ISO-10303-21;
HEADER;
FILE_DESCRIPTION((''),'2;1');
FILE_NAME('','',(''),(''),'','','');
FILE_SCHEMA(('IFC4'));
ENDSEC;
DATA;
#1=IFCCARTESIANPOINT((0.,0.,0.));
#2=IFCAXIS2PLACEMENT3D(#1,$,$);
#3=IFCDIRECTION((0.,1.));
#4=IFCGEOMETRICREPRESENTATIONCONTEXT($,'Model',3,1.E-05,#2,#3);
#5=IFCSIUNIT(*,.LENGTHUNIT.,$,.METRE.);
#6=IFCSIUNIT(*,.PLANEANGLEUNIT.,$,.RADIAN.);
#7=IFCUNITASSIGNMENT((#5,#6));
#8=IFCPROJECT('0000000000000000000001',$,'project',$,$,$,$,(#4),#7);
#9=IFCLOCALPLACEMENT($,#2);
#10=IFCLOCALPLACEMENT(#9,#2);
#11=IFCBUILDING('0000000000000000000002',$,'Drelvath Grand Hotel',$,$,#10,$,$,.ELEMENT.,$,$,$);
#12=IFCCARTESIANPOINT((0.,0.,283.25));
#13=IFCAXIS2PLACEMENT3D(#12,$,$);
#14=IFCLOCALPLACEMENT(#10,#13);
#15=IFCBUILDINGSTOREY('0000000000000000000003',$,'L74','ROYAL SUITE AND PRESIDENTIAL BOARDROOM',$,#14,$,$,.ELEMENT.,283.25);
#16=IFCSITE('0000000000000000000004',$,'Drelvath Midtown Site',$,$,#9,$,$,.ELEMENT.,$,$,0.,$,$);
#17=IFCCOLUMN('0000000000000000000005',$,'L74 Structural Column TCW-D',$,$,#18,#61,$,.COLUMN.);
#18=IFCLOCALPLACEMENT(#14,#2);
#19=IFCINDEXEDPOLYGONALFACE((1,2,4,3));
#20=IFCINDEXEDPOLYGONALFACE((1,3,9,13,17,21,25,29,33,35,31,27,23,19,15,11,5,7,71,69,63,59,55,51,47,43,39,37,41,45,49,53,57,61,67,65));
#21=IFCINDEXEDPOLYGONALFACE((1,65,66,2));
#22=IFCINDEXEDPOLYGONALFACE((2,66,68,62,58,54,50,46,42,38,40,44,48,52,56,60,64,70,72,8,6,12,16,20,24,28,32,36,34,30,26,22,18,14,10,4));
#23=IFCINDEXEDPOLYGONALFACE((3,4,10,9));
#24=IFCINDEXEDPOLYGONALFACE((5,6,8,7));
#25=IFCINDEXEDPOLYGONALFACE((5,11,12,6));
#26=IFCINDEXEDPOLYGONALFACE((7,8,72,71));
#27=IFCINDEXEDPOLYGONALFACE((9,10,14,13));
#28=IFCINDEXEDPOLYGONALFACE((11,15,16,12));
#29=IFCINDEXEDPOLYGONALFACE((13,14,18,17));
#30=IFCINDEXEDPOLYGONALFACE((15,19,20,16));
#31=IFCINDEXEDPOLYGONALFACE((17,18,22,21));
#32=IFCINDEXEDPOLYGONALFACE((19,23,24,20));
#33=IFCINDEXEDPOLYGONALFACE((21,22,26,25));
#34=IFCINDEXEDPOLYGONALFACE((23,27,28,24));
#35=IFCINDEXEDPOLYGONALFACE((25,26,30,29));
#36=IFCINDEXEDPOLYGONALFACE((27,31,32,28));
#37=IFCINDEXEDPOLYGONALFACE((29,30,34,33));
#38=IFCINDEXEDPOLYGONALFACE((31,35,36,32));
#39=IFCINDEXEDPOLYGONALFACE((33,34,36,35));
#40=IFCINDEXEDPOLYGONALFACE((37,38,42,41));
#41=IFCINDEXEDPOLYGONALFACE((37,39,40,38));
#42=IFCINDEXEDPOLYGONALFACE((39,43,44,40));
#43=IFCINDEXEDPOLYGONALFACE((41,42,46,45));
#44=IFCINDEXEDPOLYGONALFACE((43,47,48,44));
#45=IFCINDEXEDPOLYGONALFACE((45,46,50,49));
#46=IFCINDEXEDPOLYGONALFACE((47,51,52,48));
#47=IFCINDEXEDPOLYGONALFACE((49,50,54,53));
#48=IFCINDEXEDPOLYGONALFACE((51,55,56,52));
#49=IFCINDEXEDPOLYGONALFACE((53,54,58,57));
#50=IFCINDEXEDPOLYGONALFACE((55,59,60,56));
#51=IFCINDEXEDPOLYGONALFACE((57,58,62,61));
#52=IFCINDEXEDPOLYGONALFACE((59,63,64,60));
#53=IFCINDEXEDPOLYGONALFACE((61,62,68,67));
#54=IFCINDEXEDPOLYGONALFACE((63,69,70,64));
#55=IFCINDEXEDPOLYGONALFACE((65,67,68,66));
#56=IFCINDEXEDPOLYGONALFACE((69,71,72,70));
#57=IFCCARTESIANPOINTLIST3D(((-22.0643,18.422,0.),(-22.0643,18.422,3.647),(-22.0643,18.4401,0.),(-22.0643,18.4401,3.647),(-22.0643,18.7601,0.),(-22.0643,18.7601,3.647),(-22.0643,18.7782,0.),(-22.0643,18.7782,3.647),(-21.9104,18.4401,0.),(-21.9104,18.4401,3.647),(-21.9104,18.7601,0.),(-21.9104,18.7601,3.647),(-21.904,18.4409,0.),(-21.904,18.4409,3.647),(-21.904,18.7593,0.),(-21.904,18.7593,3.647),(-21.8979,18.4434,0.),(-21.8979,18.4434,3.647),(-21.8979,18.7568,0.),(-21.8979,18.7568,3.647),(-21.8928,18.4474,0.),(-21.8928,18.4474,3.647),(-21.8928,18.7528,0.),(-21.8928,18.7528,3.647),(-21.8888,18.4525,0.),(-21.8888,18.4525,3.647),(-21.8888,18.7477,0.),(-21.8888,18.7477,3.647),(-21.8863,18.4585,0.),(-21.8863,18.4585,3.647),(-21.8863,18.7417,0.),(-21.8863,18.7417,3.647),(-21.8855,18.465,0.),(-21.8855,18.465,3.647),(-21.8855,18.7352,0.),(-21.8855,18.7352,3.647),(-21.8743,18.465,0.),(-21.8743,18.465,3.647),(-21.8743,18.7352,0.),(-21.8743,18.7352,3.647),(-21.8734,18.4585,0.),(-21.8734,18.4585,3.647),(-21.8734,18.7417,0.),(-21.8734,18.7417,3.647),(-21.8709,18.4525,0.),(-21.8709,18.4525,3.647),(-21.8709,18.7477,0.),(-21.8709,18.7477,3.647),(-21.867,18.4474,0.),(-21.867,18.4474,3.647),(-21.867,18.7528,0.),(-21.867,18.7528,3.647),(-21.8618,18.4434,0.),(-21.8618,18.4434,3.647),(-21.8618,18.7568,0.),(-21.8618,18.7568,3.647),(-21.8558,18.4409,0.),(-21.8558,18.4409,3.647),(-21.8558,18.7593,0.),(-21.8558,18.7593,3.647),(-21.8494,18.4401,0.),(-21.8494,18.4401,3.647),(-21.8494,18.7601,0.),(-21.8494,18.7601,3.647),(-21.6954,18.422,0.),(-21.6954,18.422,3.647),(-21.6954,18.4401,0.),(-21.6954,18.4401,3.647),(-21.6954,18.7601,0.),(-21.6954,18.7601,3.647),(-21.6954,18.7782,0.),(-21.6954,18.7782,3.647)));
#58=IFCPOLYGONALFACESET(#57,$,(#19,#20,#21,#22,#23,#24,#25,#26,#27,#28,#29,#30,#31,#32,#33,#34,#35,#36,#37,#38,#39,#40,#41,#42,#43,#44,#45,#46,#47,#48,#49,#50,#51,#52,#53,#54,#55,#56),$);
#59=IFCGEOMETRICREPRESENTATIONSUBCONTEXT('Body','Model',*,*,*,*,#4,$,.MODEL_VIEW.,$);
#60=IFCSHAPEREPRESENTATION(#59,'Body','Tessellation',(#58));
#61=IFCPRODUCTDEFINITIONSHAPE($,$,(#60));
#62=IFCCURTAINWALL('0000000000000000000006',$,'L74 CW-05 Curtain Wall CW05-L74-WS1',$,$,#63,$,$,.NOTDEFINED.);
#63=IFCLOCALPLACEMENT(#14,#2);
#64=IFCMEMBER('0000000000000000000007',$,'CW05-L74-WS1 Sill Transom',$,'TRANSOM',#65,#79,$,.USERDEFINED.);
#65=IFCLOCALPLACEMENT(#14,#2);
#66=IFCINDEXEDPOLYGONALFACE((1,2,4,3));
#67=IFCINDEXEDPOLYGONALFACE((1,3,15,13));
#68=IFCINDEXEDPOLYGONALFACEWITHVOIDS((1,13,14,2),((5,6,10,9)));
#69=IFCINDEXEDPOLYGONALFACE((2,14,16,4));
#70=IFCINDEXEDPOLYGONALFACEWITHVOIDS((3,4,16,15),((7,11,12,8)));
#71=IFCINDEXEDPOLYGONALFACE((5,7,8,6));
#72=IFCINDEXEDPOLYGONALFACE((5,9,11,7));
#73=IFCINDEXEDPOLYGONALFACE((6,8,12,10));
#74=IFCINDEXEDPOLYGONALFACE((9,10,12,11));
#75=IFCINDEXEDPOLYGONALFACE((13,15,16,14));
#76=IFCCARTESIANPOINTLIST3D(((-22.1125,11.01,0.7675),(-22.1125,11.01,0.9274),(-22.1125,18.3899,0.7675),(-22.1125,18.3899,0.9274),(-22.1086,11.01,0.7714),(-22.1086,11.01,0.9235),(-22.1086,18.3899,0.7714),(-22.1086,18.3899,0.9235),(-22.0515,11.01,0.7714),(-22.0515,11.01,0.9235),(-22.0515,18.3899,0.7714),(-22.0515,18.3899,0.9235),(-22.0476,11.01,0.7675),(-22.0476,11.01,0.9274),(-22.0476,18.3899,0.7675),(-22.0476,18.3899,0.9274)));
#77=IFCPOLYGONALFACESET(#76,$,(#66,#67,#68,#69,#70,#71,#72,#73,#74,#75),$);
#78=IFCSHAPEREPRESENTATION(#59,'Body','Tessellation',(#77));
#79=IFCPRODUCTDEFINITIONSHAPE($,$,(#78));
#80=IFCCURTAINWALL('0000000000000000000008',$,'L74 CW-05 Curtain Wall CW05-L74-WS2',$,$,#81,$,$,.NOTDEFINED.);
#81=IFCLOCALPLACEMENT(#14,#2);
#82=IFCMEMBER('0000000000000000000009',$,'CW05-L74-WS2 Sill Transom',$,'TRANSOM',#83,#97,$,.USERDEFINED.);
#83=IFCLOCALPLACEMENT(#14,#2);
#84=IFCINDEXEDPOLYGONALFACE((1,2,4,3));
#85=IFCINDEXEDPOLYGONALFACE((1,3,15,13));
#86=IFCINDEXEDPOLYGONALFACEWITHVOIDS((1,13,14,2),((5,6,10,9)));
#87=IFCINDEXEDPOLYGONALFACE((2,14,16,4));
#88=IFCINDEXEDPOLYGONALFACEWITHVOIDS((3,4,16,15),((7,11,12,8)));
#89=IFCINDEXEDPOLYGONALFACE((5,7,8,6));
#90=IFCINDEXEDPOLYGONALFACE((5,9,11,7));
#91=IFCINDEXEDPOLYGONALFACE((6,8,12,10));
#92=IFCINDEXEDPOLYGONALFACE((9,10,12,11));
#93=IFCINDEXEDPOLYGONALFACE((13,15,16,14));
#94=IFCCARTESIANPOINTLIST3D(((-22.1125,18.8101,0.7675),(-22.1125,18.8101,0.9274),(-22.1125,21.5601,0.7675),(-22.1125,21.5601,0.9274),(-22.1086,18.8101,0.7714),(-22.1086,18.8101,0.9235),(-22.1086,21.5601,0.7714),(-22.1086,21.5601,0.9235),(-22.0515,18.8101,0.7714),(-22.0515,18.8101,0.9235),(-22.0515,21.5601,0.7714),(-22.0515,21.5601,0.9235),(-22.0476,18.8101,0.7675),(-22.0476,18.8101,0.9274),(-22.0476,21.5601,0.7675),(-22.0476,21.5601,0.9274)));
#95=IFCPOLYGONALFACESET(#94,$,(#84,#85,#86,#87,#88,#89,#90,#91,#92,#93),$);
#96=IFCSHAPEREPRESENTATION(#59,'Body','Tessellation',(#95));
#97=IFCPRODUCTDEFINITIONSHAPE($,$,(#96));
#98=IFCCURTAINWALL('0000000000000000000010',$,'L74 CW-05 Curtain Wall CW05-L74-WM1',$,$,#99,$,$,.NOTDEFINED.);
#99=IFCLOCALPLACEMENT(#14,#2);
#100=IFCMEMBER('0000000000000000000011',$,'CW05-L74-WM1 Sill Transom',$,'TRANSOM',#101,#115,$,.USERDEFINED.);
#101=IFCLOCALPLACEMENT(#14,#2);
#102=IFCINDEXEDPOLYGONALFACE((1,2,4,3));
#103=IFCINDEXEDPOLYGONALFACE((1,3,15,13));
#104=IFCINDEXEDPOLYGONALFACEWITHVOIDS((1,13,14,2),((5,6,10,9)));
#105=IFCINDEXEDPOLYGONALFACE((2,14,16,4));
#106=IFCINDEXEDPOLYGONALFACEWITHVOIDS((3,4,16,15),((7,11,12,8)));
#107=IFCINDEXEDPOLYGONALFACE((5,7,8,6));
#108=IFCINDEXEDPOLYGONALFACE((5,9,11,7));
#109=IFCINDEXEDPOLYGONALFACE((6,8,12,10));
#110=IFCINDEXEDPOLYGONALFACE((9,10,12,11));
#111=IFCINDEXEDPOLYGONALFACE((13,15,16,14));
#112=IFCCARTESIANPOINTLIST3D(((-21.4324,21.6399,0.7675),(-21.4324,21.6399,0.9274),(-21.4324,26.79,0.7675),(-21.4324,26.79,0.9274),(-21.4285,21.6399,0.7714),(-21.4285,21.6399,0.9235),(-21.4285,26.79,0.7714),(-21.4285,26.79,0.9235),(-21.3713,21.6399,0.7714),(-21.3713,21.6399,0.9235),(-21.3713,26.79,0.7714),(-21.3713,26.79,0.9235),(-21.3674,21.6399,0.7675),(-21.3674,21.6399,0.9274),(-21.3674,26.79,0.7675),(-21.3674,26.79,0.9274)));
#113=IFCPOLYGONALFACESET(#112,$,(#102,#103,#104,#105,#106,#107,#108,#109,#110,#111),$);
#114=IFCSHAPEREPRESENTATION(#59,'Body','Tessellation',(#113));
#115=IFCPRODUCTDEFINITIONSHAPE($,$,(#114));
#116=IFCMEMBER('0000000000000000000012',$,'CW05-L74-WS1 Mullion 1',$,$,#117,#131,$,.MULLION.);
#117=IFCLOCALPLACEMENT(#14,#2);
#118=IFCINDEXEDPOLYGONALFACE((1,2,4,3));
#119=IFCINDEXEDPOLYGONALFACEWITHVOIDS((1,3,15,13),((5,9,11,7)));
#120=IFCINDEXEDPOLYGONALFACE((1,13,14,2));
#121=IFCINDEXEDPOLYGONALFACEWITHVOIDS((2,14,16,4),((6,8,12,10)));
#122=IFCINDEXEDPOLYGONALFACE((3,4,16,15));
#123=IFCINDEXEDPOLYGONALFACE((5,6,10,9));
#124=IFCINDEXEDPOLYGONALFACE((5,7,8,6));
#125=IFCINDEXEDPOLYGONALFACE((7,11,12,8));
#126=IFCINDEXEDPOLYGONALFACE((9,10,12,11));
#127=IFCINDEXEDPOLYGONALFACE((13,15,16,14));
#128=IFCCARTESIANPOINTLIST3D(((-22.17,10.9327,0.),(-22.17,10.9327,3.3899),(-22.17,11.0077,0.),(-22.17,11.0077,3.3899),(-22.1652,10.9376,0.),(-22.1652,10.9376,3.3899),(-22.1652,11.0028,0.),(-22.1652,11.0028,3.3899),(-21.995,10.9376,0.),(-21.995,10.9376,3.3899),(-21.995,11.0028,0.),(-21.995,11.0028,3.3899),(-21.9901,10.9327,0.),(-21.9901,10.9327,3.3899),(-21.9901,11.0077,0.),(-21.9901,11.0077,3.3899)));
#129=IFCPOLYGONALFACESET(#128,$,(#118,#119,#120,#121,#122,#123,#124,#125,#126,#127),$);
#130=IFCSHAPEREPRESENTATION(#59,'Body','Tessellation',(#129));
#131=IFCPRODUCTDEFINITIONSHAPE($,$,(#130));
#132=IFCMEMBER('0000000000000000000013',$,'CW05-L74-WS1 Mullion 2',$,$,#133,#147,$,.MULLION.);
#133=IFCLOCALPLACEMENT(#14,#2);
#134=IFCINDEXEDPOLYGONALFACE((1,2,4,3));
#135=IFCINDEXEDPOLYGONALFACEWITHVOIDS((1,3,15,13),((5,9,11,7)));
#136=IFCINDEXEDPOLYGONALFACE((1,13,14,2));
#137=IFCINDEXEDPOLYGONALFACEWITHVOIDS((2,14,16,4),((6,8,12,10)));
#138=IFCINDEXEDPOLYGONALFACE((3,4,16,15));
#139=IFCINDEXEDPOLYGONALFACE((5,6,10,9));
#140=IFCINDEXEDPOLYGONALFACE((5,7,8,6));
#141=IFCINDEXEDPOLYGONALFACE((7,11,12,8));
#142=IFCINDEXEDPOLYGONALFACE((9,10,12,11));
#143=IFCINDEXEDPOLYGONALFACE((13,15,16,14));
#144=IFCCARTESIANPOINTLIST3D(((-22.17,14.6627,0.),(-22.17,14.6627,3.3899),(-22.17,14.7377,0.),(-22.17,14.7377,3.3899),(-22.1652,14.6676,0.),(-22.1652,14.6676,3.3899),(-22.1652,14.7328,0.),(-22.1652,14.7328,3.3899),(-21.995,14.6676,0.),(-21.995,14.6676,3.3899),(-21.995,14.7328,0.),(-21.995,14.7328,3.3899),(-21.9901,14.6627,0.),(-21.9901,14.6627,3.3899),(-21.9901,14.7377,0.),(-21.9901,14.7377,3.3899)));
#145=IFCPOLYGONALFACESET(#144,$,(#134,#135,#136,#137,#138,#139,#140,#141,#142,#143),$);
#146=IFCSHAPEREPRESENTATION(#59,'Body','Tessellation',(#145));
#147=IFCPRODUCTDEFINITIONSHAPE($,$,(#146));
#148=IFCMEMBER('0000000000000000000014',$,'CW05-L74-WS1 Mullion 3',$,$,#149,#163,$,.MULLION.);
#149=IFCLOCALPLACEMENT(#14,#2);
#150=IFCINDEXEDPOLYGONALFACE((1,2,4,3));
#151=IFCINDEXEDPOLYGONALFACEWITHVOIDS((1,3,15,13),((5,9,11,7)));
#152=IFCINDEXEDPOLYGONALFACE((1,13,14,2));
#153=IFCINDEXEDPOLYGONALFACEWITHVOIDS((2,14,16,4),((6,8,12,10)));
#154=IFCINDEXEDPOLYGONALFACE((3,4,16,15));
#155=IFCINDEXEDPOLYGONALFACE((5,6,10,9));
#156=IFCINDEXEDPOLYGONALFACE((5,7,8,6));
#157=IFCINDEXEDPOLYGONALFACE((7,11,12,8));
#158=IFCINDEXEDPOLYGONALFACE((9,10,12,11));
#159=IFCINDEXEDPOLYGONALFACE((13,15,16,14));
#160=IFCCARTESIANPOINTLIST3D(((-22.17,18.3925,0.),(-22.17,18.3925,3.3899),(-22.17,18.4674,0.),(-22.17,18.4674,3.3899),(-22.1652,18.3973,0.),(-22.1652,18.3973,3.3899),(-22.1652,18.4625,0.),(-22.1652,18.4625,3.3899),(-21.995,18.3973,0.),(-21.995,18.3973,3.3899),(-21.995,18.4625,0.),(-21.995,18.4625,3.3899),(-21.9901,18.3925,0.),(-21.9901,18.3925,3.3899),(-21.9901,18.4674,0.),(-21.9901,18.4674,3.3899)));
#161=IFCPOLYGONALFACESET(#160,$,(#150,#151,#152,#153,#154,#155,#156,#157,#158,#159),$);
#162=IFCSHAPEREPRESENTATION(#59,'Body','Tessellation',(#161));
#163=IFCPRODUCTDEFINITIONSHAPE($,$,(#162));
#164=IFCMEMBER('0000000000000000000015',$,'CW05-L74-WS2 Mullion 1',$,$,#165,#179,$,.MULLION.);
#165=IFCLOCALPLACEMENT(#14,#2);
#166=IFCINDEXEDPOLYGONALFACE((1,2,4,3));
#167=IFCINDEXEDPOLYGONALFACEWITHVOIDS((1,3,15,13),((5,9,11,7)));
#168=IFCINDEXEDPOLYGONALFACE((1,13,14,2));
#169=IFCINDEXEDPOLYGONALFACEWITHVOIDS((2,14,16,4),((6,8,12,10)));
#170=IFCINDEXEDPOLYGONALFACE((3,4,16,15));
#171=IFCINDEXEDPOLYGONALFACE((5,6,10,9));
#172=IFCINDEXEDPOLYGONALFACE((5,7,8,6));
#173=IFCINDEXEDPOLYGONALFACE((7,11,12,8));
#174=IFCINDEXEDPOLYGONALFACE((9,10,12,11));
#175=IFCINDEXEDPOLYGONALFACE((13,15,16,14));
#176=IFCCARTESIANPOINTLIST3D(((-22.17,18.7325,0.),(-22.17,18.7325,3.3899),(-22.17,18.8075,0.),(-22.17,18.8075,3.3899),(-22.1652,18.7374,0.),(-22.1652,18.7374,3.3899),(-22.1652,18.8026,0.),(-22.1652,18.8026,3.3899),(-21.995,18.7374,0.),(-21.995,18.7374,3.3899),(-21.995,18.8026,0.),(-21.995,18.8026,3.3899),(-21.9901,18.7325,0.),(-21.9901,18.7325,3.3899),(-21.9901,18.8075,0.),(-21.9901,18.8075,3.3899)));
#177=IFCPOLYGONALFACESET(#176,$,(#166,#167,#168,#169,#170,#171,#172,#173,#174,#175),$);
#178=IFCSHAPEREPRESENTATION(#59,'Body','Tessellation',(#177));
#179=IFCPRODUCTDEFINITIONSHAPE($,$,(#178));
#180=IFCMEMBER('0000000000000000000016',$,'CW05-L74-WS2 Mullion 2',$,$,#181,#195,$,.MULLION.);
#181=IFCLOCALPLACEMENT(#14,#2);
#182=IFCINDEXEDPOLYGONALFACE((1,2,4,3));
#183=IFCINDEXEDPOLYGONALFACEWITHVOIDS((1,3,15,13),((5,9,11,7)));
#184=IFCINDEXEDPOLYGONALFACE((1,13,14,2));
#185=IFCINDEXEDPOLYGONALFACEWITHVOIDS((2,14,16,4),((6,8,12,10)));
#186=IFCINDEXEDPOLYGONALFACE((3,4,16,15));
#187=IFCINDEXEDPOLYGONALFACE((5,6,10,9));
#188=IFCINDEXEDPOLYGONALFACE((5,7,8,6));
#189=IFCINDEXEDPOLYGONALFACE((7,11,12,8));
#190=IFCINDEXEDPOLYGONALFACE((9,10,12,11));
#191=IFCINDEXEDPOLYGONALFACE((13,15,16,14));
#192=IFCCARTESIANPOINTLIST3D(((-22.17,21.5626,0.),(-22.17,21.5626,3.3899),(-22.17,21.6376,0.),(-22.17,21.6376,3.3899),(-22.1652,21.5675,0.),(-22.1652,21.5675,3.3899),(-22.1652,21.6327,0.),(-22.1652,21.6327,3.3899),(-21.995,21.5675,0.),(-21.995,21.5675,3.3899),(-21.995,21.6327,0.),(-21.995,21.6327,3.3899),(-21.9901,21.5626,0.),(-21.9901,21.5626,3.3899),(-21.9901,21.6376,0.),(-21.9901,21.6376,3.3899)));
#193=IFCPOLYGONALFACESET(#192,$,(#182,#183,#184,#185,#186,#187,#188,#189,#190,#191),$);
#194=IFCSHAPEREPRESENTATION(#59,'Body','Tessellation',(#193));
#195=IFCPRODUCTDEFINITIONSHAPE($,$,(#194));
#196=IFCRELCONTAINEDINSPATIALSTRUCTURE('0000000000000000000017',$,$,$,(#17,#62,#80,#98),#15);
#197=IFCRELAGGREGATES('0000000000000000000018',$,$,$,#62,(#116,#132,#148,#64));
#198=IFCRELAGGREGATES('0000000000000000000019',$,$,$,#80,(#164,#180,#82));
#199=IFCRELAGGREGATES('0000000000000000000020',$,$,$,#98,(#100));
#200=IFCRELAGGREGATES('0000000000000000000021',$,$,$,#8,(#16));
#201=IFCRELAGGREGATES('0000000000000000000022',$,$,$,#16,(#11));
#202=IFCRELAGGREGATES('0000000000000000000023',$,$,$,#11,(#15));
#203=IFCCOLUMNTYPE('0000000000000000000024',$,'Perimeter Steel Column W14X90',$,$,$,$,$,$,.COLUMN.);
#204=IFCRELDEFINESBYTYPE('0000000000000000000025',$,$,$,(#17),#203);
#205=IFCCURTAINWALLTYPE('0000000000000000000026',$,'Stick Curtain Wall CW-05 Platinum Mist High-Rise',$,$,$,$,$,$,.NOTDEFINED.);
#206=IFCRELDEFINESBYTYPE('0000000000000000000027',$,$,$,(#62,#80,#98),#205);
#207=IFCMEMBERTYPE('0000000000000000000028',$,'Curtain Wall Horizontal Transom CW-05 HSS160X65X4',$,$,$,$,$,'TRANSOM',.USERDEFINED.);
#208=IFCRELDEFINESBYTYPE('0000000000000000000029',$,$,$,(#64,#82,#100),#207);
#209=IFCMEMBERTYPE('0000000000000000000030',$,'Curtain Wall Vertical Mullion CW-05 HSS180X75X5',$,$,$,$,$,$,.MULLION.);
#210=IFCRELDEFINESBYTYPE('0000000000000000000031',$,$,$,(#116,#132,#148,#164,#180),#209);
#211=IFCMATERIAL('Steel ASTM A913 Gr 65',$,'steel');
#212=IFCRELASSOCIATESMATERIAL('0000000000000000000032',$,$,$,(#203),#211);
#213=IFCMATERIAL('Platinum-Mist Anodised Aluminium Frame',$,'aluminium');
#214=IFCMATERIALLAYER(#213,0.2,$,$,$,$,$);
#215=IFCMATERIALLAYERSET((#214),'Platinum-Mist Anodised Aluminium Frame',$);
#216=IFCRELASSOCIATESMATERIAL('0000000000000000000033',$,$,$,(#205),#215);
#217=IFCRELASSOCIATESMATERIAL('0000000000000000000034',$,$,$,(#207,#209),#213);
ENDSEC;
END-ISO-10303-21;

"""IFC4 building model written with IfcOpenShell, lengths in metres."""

from ifc_helpers import new_model, si_unit, direction, frame, origin, origin_2d, place, context, subcontext, project, spatial, hollow_rectangle, i_section, extrude, material, layer, layer_set, material_profile, profile_set, type_object, element, aggregate, save


model = new_model("IFC4")

# Units and contexts
model_context = context("Model", 3, precision=1e-05, world=origin(), true_north=direction((0.0, 1.0)))
body_context = subcontext(model_context, "Body", "Model", "MODEL_VIEW")
ifc_project = project(units=[si_unit("LENGTHUNIT", "METRE"), si_unit("PLANEANGLEUNIT", "RADIAN")], contexts=[model_context])

# Site, building, storey
site_placement = place(None, origin())
site = spatial("IfcSite", under=ifc_project, at=site_placement, Name="Drelvath Midtown Site", CompositionType="ELEMENT", RefElevation=0.0)
building_placement = place(site_placement, origin())
building = spatial("IfcBuilding", under=site, at=building_placement, Name="Drelvath Grand Hotel", CompositionType="ELEMENT")
storey_placement = place(building_placement, frame((0.0, 0.0, 283.25)))
storey = spatial("IfcBuildingStorey", under=building, at=storey_placement, Name="L74", Description="ROYAL SUITE AND PRESIDENTIAL BOARDROOM", CompositionType="ELEMENT", Elevation=283.25)

# Column
ifc_material_1 = material(Name="Steel ASTM A913 Gr 65", Category="steel")
ifc_material_profile_1 = material_profile(ifc_material_1, i_section(OverallWidth=0.3689, OverallDepth=0.3562, WebThickness=0.0112, FlangeThickness=0.0181, FilletRadius=0.0249, at=origin_2d()), Name="W14X90")
ifc_profile_set_1 = profile_set([ifc_material_profile_1], Name="Steel ASTM A913 Gr 65")
column_type = type_object("IfcColumnType", Name="Perimeter Steel Column W14X90", PredefinedType="COLUMN", material=ifc_profile_set_1)
column_placement = place(storey_placement, frame((-21.8799, 18.6001, 0.0), z_axis=(0.0, 0.0, 1.0), x_axis=(1.0, 0.0, 0.0)))
element("IfcColumn", 1, at=column_placement, inside=storey, type_object=column_type, Name="L74 Structural Column TCW-D", PredefinedType="COLUMN", context=body_context, shape_type="SweptSolid", body=[
    extrude(i_section(OverallWidth=0.3689, OverallDepth=0.3562, WebThickness=0.0112, FlangeThickness=0.0181, FilletRadius=0.0249, at=origin_2d()), origin(), (0.0, 0.0, 1.0), 3.647),
])

# Curtain walls, members
ifc_material_2 = material(Name="Platinum-Mist Anodised Aluminium Frame", Category="aluminium")
ifc_layer_1 = layer(ifc_material_2, 0.2)
ifc_layer_set_1 = layer_set([ifc_layer_1], Name="Platinum-Mist Anodised Aluminium Frame")
curtain_wall_type = type_object("IfcCurtainWallType", Name="Stick Curtain Wall CW-05 Platinum Mist High-Rise", PredefinedType="NOTDEFINED", material=ifc_layer_set_1)
curtain_wall_1_placement = place(storey_placement, origin())
curtain_wall_1 = element("IfcCurtainWall", 2, at=curtain_wall_1_placement, inside=storey, type_object=curtain_wall_type, Name="L74 CW-05 Curtain Wall CW05-L74-WS1", PredefinedType="NOTDEFINED")
ifc_material_profile_2 = material_profile(ifc_material_2, hollow_rectangle(XDim=0.0649, YDim=0.1599, WallThickness=0.0039, at=origin_2d()), Name="HSS160X65X4")
ifc_profile_set_2 = profile_set([ifc_material_profile_2], Name="Platinum-Mist Anodised Aluminium Frame")
member_type_1 = type_object("IfcMemberType", Name="Curtain Wall Horizontal Transom CW-05 HSS160X65X4", ElementType="TRANSOM", PredefinedType="USERDEFINED", material=ifc_profile_set_2)
member_1_placement = place(storey_placement, frame((-22.0801, 11.01, 0.8474), z_axis=(0.0, 1.0, 0.0), x_axis=(-1.0, 0.0, 0.0)))
member_1 = element("IfcMember", 3, at=member_1_placement, type_object=member_type_1, Name="CW05-L74-WS1 Sill Transom", ObjectType="TRANSOM", PredefinedType="USERDEFINED", context=body_context, shape_type="SweptSolid", body=[
    extrude(hollow_rectangle(XDim=0.0649, YDim=0.1599, WallThickness=0.0039, at=origin_2d()), origin(), (0.0, 0.0, 1.0), 7.3799),
])
curtain_wall_2_placement = place(storey_placement, origin())
curtain_wall_2 = element("IfcCurtainWall", 4, at=curtain_wall_2_placement, inside=storey, type_object=curtain_wall_type, Name="L74 CW-05 Curtain Wall CW05-L74-WS2", PredefinedType="NOTDEFINED")
member_2_placement = place(storey_placement, frame((-22.0801, 18.8101, 0.8474), z_axis=(0.0, 1.0, 0.0), x_axis=(-1.0, 0.0, 0.0)))
member_2 = element("IfcMember", 5, at=member_2_placement, type_object=member_type_1, Name="CW05-L74-WS2 Sill Transom", ObjectType="TRANSOM", PredefinedType="USERDEFINED", context=body_context, shape_type="SweptSolid", body=[
    extrude(hollow_rectangle(XDim=0.0649, YDim=0.1599, WallThickness=0.0039, at=origin_2d()), origin(), (0.0, 0.0, 1.0), 2.75),
])
curtain_wall_3_placement = place(storey_placement, origin())
curtain_wall_3 = element("IfcCurtainWall", 6, at=curtain_wall_3_placement, inside=storey, type_object=curtain_wall_type, Name="L74 CW-05 Curtain Wall CW05-L74-WM1", PredefinedType="NOTDEFINED")
member_3_placement = place(storey_placement, frame((-21.3999, 21.6399, 0.8474), z_axis=(0.0, 1.0, 0.0), x_axis=(-1.0, 0.0, 0.0)))
member_3 = element("IfcMember", 7, at=member_3_placement, type_object=member_type_1, Name="CW05-L74-WM1 Sill Transom", ObjectType="TRANSOM", PredefinedType="USERDEFINED", context=body_context, shape_type="SweptSolid", body=[
    extrude(hollow_rectangle(XDim=0.0649, YDim=0.1599, WallThickness=0.0039, at=origin_2d()), origin(), (0.0, 0.0, 1.0), 5.1501),
])

# Members
ifc_material_profile_3 = material_profile(ifc_material_2, hollow_rectangle(XDim=0.075, YDim=0.1799, WallThickness=0.0049, at=origin_2d()), Name="HSS180X75X5")
ifc_profile_set_3 = profile_set([ifc_material_profile_3], Name="Platinum-Mist Anodised Aluminium Frame")
member_type_2 = type_object("IfcMemberType", Name="Curtain Wall Vertical Mullion CW-05 HSS180X75X5", PredefinedType="MULLION", material=ifc_profile_set_3)
member_4_placement = place(storey_placement, frame((-22.0801, 10.9702, 0.0), z_axis=(0.0, 0.0, 1.0), x_axis=(0.0, 1.0, 0.0)))
member_4 = element("IfcMember", 8, at=member_4_placement, type_object=member_type_2, Name="CW05-L74-WS1 Mullion 1", PredefinedType="MULLION", context=body_context, shape_type="SweptSolid", body=[
    extrude(hollow_rectangle(XDim=0.075, YDim=0.1799, WallThickness=0.0049, at=origin_2d()), origin(), (0.0, 0.0, 1.0), 3.3899),
])
member_5_placement = place(storey_placement, frame((-22.0801, 14.7002, 0.0), z_axis=(0.0, 0.0, 1.0), x_axis=(0.0, 1.0, 0.0)))
member_5 = element("IfcMember", 9, at=member_5_placement, type_object=member_type_2, Name="CW05-L74-WS1 Mullion 2", PredefinedType="MULLION", context=body_context, shape_type="SweptSolid", body=[
    extrude(hollow_rectangle(XDim=0.075, YDim=0.1799, WallThickness=0.0049, at=origin_2d()), origin(), (0.0, 0.0, 1.0), 3.3899),
])
member_6_placement = place(storey_placement, frame((-22.0801, 18.4299, 0.0), z_axis=(0.0, 0.0, 1.0), x_axis=(0.0, 1.0, 0.0)))
member_6 = element("IfcMember", 10, at=member_6_placement, type_object=member_type_2, Name="CW05-L74-WS1 Mullion 3", PredefinedType="MULLION", context=body_context, shape_type="SweptSolid", body=[
    extrude(hollow_rectangle(XDim=0.075, YDim=0.1799, WallThickness=0.0049, at=origin_2d()), origin(), (0.0, 0.0, 1.0), 3.3899),
])
member_7_placement = place(storey_placement, frame((-22.0801, 18.77, 0.0), z_axis=(0.0, 0.0, 1.0), x_axis=(0.0, 1.0, 0.0)))
member_7 = element("IfcMember", 11, at=member_7_placement, type_object=member_type_2, Name="CW05-L74-WS2 Mullion 1", PredefinedType="MULLION", context=body_context, shape_type="SweptSolid", body=[
    extrude(hollow_rectangle(XDim=0.075, YDim=0.1799, WallThickness=0.0049, at=origin_2d()), origin(), (0.0, 0.0, 1.0), 3.3899),
])
member_8_placement = place(storey_placement, frame((-22.0801, 21.6001, 0.0), z_axis=(0.0, 0.0, 1.0), x_axis=(0.0, 1.0, 0.0)))
member_8 = element("IfcMember", 12, at=member_8_placement, type_object=member_type_2, Name="CW05-L74-WS2 Mullion 2", PredefinedType="MULLION", context=body_context, shape_type="SweptSolid", body=[
    extrude(hollow_rectangle(XDim=0.075, YDim=0.1799, WallThickness=0.0049, at=origin_2d()), origin(), (0.0, 0.0, 1.0), 3.3899),
])

aggregate(curtain_wall_1, [member_4, member_5, member_6, member_1])
aggregate(curtain_wall_2, [member_7, member_8, member_2])
aggregate(curtain_wall_3, [member_3])

save(model, "model.ifc")
